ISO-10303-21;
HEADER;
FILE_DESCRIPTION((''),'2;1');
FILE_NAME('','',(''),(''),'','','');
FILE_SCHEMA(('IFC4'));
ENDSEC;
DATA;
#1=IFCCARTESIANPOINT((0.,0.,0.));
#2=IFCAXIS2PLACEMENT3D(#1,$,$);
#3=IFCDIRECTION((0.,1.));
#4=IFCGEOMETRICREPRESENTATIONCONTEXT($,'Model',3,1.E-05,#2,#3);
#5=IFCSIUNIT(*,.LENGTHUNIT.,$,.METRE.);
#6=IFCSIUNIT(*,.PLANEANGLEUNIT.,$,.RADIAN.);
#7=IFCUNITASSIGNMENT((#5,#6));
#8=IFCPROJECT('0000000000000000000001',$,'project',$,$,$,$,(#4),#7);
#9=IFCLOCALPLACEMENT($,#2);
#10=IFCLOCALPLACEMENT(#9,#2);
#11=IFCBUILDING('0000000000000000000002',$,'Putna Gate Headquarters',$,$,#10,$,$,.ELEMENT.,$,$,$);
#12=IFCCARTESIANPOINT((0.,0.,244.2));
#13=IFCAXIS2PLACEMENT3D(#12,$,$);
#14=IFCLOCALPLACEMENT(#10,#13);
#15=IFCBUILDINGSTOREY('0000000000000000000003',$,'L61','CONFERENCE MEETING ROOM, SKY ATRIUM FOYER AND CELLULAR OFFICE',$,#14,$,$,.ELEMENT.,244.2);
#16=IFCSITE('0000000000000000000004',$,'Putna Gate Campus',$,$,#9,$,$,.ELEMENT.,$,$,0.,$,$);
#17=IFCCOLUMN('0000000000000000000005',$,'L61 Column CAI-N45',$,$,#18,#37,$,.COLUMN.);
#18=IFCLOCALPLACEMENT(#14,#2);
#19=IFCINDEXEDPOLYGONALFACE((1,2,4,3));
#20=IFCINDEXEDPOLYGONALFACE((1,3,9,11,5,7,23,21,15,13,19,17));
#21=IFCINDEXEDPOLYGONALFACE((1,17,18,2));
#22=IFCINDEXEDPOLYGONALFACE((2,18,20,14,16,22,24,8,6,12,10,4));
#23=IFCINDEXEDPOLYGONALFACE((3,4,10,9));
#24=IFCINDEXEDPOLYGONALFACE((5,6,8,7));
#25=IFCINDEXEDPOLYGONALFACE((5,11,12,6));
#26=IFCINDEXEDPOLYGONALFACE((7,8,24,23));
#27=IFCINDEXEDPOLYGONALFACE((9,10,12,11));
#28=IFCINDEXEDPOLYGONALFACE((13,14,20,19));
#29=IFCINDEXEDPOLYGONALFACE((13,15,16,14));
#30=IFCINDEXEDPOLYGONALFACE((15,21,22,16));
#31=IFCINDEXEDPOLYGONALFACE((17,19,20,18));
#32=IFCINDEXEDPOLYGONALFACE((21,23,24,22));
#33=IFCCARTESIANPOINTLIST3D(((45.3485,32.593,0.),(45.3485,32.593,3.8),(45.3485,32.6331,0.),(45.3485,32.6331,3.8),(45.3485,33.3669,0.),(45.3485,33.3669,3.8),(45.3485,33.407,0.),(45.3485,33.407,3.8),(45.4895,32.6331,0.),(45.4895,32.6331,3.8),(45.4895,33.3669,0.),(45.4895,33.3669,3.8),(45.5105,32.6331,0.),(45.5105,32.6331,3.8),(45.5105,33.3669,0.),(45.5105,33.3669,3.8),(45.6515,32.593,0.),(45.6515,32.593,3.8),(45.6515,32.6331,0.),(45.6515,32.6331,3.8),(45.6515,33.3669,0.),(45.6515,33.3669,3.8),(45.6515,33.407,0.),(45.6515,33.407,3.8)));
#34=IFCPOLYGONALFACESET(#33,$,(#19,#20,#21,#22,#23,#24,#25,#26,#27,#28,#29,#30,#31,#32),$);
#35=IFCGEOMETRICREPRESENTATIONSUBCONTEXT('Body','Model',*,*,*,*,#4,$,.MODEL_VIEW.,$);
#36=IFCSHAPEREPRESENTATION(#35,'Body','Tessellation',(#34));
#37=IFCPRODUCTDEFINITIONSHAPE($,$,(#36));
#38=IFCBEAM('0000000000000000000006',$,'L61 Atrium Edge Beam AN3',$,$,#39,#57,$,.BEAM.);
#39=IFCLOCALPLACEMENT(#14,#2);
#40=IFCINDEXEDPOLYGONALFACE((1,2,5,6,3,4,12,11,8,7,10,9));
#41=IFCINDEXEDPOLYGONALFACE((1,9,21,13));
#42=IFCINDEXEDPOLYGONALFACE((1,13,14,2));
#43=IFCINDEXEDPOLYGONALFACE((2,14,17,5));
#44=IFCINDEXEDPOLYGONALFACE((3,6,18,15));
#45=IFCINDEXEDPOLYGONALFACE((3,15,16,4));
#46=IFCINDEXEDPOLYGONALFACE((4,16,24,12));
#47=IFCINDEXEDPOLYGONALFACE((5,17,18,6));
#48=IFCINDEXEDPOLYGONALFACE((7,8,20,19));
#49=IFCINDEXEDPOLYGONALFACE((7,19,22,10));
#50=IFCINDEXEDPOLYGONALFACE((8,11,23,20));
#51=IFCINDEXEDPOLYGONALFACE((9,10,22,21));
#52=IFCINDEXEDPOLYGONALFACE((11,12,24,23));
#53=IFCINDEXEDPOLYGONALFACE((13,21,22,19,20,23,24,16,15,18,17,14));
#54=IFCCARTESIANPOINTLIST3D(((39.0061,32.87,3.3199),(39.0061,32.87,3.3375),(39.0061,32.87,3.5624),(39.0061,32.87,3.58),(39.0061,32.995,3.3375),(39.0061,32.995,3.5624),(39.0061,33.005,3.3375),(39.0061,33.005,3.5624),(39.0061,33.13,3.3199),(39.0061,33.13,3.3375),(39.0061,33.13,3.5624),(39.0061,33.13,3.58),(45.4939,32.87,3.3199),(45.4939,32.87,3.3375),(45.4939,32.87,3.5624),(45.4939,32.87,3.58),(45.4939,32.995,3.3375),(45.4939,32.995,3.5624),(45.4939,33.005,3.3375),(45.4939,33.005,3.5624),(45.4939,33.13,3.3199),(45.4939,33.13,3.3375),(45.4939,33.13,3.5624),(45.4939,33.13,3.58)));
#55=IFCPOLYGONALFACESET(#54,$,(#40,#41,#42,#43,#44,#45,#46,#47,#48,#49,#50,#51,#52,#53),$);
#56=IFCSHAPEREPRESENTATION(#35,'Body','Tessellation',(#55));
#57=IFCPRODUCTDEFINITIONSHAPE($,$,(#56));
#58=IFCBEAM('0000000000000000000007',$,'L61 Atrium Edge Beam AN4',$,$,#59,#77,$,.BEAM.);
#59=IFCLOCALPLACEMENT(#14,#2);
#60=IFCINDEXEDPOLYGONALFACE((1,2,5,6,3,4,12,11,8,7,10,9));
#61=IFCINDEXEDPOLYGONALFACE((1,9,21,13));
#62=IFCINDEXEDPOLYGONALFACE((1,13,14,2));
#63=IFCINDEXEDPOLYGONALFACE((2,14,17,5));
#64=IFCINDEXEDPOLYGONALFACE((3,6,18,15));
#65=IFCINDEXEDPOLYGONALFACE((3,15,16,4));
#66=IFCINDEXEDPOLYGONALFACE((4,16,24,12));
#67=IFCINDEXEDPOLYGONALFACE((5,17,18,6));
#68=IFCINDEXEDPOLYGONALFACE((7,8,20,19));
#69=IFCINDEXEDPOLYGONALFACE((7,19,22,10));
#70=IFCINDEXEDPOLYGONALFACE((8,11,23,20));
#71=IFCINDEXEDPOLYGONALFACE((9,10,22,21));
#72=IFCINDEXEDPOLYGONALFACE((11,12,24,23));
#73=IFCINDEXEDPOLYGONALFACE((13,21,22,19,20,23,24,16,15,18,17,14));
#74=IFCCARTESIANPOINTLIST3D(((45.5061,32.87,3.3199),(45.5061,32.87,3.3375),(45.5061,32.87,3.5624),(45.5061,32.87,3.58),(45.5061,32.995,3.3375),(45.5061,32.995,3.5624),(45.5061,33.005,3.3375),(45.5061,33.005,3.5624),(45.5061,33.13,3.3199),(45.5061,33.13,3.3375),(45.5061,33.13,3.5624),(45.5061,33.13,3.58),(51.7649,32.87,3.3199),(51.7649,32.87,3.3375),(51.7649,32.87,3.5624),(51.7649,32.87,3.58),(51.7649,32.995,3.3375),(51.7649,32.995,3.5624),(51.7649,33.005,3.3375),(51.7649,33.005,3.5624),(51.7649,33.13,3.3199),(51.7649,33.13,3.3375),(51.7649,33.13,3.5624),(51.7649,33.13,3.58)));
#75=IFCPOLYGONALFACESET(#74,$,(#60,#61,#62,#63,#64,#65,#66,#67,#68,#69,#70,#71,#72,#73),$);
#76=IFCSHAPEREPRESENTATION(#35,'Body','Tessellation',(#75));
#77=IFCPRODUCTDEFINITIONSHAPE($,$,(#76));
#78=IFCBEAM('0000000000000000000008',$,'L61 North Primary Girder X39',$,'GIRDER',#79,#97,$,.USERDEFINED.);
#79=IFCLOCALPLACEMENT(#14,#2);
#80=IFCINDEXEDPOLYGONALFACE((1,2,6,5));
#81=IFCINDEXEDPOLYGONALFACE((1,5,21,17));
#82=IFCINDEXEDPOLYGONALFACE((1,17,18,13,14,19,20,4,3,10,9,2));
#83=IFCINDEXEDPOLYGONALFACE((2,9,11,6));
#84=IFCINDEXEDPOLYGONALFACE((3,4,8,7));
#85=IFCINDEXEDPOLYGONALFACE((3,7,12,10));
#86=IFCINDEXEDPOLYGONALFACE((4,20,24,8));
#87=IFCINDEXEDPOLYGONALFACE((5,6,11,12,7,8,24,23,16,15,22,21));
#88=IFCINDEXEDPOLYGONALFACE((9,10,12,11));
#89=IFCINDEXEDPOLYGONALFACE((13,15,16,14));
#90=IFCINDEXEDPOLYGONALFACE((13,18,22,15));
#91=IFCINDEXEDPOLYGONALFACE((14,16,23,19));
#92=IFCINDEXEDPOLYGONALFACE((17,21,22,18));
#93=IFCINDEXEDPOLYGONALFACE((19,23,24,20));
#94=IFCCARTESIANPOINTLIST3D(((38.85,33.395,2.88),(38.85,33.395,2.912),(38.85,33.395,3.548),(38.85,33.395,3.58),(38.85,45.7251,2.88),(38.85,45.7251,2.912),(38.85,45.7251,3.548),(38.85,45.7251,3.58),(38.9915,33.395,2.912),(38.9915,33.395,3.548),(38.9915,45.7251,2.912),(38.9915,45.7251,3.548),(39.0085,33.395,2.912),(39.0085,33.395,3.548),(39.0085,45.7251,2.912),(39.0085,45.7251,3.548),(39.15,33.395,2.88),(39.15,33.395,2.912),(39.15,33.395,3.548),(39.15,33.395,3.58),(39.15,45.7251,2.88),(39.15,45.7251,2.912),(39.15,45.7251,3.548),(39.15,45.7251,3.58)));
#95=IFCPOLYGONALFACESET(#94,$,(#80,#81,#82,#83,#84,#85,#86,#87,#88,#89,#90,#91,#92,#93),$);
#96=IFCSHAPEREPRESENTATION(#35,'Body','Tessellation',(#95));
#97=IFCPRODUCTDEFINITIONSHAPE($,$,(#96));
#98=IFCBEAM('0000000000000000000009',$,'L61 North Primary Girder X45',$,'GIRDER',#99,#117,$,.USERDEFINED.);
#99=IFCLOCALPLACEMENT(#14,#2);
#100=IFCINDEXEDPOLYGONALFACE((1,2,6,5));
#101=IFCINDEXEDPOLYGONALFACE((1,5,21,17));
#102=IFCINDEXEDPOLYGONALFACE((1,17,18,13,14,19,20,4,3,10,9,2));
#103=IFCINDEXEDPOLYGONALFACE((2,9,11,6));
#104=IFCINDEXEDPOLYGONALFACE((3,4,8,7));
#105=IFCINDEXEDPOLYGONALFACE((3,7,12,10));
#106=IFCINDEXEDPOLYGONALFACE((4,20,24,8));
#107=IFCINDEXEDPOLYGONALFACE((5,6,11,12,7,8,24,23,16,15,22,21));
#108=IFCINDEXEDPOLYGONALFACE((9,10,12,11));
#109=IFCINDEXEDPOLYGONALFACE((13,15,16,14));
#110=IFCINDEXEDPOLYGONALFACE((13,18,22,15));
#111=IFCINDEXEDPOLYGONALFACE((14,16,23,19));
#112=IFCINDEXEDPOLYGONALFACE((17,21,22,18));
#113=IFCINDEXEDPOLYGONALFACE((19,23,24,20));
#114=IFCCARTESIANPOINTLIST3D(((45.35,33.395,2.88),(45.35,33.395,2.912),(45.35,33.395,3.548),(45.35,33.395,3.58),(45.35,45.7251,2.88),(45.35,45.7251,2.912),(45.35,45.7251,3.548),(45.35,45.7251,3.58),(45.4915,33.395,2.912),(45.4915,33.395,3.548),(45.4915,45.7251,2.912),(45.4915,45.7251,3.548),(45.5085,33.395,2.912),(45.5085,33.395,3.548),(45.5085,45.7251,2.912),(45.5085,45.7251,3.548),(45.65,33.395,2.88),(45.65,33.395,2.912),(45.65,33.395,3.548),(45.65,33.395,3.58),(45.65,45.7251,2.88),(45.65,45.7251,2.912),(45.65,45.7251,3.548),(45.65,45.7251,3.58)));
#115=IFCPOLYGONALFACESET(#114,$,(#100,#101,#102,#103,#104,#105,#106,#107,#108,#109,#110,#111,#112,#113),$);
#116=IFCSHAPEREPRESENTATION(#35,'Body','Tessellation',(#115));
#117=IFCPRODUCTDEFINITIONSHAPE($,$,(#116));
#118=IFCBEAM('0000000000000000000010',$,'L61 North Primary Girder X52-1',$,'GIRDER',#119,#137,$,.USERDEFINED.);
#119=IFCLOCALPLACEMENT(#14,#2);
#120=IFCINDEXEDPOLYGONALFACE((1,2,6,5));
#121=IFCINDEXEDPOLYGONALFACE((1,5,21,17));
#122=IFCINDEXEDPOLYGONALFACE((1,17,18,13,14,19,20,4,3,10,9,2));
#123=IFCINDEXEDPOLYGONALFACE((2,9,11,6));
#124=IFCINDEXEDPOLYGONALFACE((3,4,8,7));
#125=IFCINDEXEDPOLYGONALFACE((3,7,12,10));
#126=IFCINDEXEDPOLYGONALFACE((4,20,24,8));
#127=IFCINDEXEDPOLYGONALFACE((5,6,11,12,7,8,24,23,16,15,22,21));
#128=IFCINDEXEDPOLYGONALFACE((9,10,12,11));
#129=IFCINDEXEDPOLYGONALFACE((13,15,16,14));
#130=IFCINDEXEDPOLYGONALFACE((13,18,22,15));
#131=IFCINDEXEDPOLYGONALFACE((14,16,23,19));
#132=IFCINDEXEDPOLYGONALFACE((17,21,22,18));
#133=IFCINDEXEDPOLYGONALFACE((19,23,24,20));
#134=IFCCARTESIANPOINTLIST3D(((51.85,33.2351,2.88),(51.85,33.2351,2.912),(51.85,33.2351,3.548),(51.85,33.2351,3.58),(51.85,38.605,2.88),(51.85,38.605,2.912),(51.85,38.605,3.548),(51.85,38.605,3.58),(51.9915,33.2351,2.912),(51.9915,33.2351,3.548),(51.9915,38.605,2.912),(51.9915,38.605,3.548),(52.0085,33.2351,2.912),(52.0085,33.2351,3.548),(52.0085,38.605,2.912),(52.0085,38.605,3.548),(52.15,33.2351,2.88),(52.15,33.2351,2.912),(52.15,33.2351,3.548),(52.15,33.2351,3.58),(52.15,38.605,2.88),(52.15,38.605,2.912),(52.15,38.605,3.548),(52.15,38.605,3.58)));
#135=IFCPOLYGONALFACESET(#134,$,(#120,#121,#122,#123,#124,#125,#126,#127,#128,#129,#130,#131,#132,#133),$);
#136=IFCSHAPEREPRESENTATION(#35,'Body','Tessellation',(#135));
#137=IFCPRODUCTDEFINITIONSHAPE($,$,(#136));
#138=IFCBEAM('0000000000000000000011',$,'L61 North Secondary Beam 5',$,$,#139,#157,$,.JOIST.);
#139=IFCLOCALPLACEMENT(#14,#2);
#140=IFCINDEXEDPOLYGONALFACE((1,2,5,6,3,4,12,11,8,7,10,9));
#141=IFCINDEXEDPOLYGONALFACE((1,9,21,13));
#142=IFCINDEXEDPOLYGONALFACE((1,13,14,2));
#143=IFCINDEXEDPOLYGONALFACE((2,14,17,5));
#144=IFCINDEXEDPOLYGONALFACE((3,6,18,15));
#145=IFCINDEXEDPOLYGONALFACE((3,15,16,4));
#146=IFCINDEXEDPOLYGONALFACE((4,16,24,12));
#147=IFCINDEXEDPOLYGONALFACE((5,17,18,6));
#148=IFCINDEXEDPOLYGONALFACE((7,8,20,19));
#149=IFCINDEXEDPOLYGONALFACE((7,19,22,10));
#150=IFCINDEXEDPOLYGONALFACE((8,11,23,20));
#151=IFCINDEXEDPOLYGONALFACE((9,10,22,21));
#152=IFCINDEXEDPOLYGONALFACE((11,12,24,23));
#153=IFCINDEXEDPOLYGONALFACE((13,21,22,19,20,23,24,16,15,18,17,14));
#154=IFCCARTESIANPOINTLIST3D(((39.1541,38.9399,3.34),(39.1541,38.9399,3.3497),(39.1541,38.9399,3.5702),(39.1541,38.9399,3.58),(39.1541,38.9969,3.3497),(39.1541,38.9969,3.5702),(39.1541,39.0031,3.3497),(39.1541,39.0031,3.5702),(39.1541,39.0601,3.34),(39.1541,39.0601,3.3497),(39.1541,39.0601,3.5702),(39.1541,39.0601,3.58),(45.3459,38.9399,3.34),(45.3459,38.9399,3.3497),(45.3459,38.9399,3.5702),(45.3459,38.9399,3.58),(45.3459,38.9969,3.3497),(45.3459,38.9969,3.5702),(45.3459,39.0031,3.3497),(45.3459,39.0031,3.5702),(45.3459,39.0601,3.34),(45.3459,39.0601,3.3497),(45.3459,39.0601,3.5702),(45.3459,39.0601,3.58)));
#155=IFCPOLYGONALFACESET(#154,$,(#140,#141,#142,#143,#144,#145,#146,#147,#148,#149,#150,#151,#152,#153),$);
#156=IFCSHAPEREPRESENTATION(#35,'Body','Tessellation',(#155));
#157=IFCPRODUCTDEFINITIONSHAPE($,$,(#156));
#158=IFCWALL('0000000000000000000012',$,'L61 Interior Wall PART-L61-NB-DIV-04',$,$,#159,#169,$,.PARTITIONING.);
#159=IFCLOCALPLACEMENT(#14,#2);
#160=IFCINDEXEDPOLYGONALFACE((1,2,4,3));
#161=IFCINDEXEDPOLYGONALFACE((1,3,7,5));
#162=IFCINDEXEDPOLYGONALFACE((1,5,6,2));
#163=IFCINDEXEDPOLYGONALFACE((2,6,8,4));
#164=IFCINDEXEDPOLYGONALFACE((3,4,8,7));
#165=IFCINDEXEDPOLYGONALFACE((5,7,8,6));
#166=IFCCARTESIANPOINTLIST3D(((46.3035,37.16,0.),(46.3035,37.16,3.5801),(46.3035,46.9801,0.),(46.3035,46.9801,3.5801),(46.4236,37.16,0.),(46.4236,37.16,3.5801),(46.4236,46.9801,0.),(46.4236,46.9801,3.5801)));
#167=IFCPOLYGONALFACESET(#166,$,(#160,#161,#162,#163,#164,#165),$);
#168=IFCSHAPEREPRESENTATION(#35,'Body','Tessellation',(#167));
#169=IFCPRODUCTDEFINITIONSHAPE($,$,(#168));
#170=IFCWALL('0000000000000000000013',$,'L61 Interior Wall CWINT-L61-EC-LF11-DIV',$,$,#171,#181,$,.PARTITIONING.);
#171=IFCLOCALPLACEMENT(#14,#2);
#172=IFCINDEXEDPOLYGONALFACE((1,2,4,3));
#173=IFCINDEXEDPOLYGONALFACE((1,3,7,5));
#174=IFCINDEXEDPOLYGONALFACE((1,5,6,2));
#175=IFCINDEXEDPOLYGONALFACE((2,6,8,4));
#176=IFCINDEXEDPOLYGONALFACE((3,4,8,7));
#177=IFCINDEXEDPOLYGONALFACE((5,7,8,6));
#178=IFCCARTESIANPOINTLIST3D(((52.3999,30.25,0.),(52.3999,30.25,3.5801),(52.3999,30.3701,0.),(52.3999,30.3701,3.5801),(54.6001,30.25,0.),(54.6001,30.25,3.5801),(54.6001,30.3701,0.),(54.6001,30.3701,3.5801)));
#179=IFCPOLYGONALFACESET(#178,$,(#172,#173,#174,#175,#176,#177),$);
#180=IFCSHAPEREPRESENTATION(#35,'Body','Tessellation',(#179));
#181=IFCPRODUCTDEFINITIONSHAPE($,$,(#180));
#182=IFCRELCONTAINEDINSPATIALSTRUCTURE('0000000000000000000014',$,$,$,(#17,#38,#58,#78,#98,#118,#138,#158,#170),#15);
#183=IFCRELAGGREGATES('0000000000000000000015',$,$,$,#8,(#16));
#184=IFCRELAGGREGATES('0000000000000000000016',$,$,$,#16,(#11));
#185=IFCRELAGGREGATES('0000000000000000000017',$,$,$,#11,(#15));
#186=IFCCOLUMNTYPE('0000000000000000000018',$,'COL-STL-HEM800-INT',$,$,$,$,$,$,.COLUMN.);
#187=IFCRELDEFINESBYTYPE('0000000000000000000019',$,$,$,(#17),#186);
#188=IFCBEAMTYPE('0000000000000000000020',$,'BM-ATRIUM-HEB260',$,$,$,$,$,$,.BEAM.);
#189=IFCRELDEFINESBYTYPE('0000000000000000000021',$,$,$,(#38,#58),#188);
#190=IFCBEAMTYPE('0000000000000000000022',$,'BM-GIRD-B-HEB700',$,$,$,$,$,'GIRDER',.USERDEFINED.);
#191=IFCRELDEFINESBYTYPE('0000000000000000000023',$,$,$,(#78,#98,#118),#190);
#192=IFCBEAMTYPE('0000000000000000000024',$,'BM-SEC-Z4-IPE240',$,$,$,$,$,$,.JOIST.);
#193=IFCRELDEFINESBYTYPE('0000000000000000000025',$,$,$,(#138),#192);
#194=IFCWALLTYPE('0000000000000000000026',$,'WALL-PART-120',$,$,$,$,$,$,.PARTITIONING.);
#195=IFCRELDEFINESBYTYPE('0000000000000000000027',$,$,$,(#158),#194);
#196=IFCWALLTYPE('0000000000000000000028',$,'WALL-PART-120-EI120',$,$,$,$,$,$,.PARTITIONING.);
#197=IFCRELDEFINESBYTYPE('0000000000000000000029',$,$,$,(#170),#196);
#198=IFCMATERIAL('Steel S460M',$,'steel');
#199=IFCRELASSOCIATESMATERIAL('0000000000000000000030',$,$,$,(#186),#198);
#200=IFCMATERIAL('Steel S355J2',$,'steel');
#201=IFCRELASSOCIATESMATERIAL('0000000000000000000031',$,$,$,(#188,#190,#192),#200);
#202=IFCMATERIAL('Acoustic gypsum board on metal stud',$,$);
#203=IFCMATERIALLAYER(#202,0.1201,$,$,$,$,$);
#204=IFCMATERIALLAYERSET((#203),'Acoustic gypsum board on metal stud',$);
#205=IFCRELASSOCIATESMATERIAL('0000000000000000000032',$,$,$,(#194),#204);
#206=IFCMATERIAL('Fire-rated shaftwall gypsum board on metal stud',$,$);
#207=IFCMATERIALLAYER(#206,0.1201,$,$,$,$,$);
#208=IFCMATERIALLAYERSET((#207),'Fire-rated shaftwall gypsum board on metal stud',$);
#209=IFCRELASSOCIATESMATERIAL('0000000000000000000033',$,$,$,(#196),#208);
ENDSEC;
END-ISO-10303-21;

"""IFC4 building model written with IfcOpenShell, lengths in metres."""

from ifc_helpers import new_model, si_unit, direction, frame, frame_2d, origin, origin_2d, place, context, subcontext, project, spatial, rectangle, i_section, extrude, material, layer, layer_set, material_profile, profile_set, type_object, element, save


model = new_model("IFC4")

# Units and contexts
model_context = context("Model", 3, precision=1e-05, world=origin(), true_north=direction((0.0, 1.0)))
body_context = subcontext(model_context, "Body", "Model", "MODEL_VIEW")
ifc_project = project(units=[si_unit("LENGTHUNIT", "METRE"), si_unit("PLANEANGLEUNIT", "RADIAN")], contexts=[model_context])

# Site, building, storey
site_placement = place(None, origin())
site = spatial("IfcSite", under=ifc_project, at=site_placement, Name="Putna Gate Campus", CompositionType="ELEMENT", RefElevation=0.0)
building_placement = place(site_placement, origin())
building = spatial("IfcBuilding", under=site, at=building_placement, Name="Putna Gate Headquarters", CompositionType="ELEMENT")
storey_placement = place(building_placement, frame((0.0, 0.0, 244.2)))
storey = spatial("IfcBuildingStorey", under=building, at=storey_placement, Name="L61", Description="CONFERENCE MEETING ROOM, SKY ATRIUM FOYER AND CELLULAR OFFICE", CompositionType="ELEMENT", Elevation=244.2)

# Column
ifc_material_1 = material(Name="Steel S460M", Category="steel")
ifc_material_profile_1 = material_profile(ifc_material_1, i_section(OverallWidth=0.303, OverallDepth=0.814, WebThickness=0.021, FlangeThickness=0.04, at=origin_2d()), Name="Steel S460M")
ifc_profile_set_1 = profile_set([ifc_material_profile_1], Name="Steel S460M")
column_type = type_object("IfcColumnType", Name="COL-STL-HEM800-INT", PredefinedType="COLUMN", material=ifc_profile_set_1)
column_placement = place(storey_placement, frame((45.5, 33.0, 0.0), z_axis=(0.0, 0.0, 1.0), x_axis=(1.0, 0.0, 0.0)))
element("IfcColumn", 1, at=column_placement, inside=storey, type_object=column_type, Name="L61 Column CAI-N45", PredefinedType="COLUMN", context=body_context, shape_type="SweptSolid", body=[
    extrude(i_section(OverallWidth=0.303, OverallDepth=0.814, WebThickness=0.021, FlangeThickness=0.04, at=origin_2d()), origin(), (0.0, 0.0, 1.0), 3.8),
])

# Beams
ifc_material_2 = material(Name="Steel S355J2", Category="steel")
ifc_material_profile_2 = material_profile(ifc_material_2, i_section(OverallWidth=0.26, OverallDepth=0.26, WebThickness=0.01, FlangeThickness=0.0176, at=origin_2d()), Name="Steel S355J2")
ifc_profile_set_2 = profile_set([ifc_material_profile_2], Name="Steel S355J2")
beam_type_1 = type_object("IfcBeamType", Name="BM-ATRIUM-HEB260", PredefinedType="BEAM", material=ifc_profile_set_2)
beam_1_placement = place(storey_placement, frame((39.0061, 33.0, 3.45), z_axis=(1.0, 0.0, 0.0), x_axis=(0.0, 1.0, 0.0)))
element("IfcBeam", 2, at=beam_1_placement, inside=storey, type_object=beam_type_1, Name="L61 Atrium Edge Beam AN3", PredefinedType="BEAM", context=body_context, shape_type="SweptSolid", body=[
    extrude(i_section(OverallWidth=0.26, OverallDepth=0.26, WebThickness=0.01, FlangeThickness=0.0176, at=origin_2d()), origin(), (0.0, 0.0, 1.0), 6.4878),
])
beam_2_placement = place(storey_placement, frame((45.5061, 33.0, 3.45), z_axis=(1.0, 0.0, 0.0), x_axis=(0.0, 1.0, 0.0)))
element("IfcBeam", 3, at=beam_2_placement, inside=storey, type_object=beam_type_1, Name="L61 Atrium Edge Beam AN4", PredefinedType="BEAM", context=body_context, shape_type="SweptSolid", body=[
    extrude(i_section(OverallWidth=0.26, OverallDepth=0.26, WebThickness=0.01, FlangeThickness=0.0176, at=origin_2d()), origin(), (0.0, 0.0, 1.0), 6.2588),
])
ifc_material_profile_3 = material_profile(ifc_material_2, i_section(OverallWidth=0.3, OverallDepth=0.7, WebThickness=0.0171, FlangeThickness=0.032, at=origin_2d()), Name="Steel S355J2")
ifc_profile_set_3 = profile_set([ifc_material_profile_3], Name="Steel S355J2")
beam_type_2 = type_object("IfcBeamType", Name="BM-GIRD-B-HEB700", ElementType="GIRDER", PredefinedType="USERDEFINED", material=ifc_profile_set_3)
for number, where, z_axis, x_axis, name in (
    (4, (39.0, 33.395, 3.23), (0.0, 1.0, 0.0), (-1.0, 0.0, 0.0), "L61 North Primary Girder X39"),
    (5, (45.5, 33.395, 3.23), (0.0, 1.0, 0.0), (-1.0, 0.0, 0.0), "L61 North Primary Girder X45"),
):
    element("IfcBeam", number, at=place(storey_placement, frame(where, z_axis=z_axis, x_axis=x_axis)), inside=storey, type_object=beam_type_2, Name=name, ObjectType="GIRDER", PredefinedType="USERDEFINED", context=body_context, shape_type="SweptSolid", body=[
        extrude(i_section(OverallWidth=0.3, OverallDepth=0.7, WebThickness=0.0171, FlangeThickness=0.032, at=origin_2d()), origin(), (0.0, 0.0, 1.0), 12.3301),
    ])
beam_3_placement = place(storey_placement, frame((52.0, 33.2351, 3.23), z_axis=(0.0, 1.0, 0.0), x_axis=(-1.0, 0.0, 0.0)))
element("IfcBeam", 6, at=beam_3_placement, inside=storey, type_object=beam_type_2, Name="L61 North Primary Girder X52-1", ObjectType="GIRDER", PredefinedType="USERDEFINED", context=body_context, shape_type="SweptSolid", body=[
    extrude(i_section(OverallWidth=0.3, OverallDepth=0.7, WebThickness=0.0171, FlangeThickness=0.032, at=origin_2d()), origin(), (0.0, 0.0, 1.0), 5.3699),
])
ifc_material_profile_4 = material_profile(ifc_material_2, i_section(OverallWidth=0.1201, OverallDepth=0.24, WebThickness=0.0061, FlangeThickness=0.0098, at=origin_2d()), Name="Steel S355J2")
ifc_profile_set_4 = profile_set([ifc_material_profile_4], Name="Steel S355J2")
beam_type_3 = type_object("IfcBeamType", Name="BM-SEC-Z4-IPE240", PredefinedType="JOIST", material=ifc_profile_set_4)
beam_4_placement = place(storey_placement, frame((39.1541, 39.0, 3.46), z_axis=(1.0, 0.0, 0.0), x_axis=(0.0, 1.0, 0.0)))
element("IfcBeam", 7, at=beam_4_placement, inside=storey, type_object=beam_type_3, Name="L61 North Secondary Beam 5", PredefinedType="JOIST", context=body_context, shape_type="SweptSolid", body=[
    extrude(i_section(OverallWidth=0.1201, OverallDepth=0.24, WebThickness=0.0061, FlangeThickness=0.0098, at=origin_2d()), origin(), (0.0, 0.0, 1.0), 6.1919),
])

# Shared definitions
ifc_material_3 = material(Name="Acoustic gypsum board on metal stud")
ifc_layer_1 = layer(ifc_material_3, 0.1201)
ifc_layer_set_1 = layer_set([ifc_layer_1], Name="Acoustic gypsum board on metal stud")
wall_type_1 = type_object("IfcWallType", Name="WALL-PART-120", PredefinedType="PARTITIONING", material=ifc_layer_set_1)

# Walls
wall_1_placement = place(storey_placement, frame((46.3635, 37.1599, 0.0), z_axis=(0.0, 0.0, 1.0), x_axis=(0.0, 1.0, 0.0)))
element("IfcWall", 8, at=wall_1_placement, inside=storey, type_object=wall_type_1, Name="L61 Interior Wall PART-L61-NB-DIV-04", PredefinedType="PARTITIONING", context=body_context, shape_type="SweptSolid", body=[
    extrude(rectangle(XDim=9.8201, YDim=0.1201, at=frame_2d((4.9102, 0.0))), origin(), (0.0, 0.0, 1.0), 3.5801),
])
ifc_material_4 = material(Name="Fire-rated shaftwall gypsum board on metal stud")
ifc_layer_2 = layer(ifc_material_4, 0.1201)
ifc_layer_set_2 = layer_set([ifc_layer_2], Name="Fire-rated shaftwall gypsum board on metal stud")
wall_type_2 = type_object("IfcWallType", Name="WALL-PART-120-EI120", PredefinedType="PARTITIONING", material=ifc_layer_set_2)
wall_2_placement = place(storey_placement, frame((52.3999, 30.3101, 0.0), z_axis=(0.0, 0.0, 1.0), x_axis=(1.0, 0.0, 0.0)))
element("IfcWall", 9, at=wall_2_placement, inside=storey, type_object=wall_type_2, Name="L61 Interior Wall CWINT-L61-EC-LF11-DIV", PredefinedType="PARTITIONING", context=body_context, shape_type="SweptSolid", body=[
    extrude(rectangle(XDim=2.2002, YDim=0.1201, at=frame_2d((1.1001, 0.0))), origin(), (0.0, 0.0, 1.0), 3.5801),
])

save(model, "model.ifc")
